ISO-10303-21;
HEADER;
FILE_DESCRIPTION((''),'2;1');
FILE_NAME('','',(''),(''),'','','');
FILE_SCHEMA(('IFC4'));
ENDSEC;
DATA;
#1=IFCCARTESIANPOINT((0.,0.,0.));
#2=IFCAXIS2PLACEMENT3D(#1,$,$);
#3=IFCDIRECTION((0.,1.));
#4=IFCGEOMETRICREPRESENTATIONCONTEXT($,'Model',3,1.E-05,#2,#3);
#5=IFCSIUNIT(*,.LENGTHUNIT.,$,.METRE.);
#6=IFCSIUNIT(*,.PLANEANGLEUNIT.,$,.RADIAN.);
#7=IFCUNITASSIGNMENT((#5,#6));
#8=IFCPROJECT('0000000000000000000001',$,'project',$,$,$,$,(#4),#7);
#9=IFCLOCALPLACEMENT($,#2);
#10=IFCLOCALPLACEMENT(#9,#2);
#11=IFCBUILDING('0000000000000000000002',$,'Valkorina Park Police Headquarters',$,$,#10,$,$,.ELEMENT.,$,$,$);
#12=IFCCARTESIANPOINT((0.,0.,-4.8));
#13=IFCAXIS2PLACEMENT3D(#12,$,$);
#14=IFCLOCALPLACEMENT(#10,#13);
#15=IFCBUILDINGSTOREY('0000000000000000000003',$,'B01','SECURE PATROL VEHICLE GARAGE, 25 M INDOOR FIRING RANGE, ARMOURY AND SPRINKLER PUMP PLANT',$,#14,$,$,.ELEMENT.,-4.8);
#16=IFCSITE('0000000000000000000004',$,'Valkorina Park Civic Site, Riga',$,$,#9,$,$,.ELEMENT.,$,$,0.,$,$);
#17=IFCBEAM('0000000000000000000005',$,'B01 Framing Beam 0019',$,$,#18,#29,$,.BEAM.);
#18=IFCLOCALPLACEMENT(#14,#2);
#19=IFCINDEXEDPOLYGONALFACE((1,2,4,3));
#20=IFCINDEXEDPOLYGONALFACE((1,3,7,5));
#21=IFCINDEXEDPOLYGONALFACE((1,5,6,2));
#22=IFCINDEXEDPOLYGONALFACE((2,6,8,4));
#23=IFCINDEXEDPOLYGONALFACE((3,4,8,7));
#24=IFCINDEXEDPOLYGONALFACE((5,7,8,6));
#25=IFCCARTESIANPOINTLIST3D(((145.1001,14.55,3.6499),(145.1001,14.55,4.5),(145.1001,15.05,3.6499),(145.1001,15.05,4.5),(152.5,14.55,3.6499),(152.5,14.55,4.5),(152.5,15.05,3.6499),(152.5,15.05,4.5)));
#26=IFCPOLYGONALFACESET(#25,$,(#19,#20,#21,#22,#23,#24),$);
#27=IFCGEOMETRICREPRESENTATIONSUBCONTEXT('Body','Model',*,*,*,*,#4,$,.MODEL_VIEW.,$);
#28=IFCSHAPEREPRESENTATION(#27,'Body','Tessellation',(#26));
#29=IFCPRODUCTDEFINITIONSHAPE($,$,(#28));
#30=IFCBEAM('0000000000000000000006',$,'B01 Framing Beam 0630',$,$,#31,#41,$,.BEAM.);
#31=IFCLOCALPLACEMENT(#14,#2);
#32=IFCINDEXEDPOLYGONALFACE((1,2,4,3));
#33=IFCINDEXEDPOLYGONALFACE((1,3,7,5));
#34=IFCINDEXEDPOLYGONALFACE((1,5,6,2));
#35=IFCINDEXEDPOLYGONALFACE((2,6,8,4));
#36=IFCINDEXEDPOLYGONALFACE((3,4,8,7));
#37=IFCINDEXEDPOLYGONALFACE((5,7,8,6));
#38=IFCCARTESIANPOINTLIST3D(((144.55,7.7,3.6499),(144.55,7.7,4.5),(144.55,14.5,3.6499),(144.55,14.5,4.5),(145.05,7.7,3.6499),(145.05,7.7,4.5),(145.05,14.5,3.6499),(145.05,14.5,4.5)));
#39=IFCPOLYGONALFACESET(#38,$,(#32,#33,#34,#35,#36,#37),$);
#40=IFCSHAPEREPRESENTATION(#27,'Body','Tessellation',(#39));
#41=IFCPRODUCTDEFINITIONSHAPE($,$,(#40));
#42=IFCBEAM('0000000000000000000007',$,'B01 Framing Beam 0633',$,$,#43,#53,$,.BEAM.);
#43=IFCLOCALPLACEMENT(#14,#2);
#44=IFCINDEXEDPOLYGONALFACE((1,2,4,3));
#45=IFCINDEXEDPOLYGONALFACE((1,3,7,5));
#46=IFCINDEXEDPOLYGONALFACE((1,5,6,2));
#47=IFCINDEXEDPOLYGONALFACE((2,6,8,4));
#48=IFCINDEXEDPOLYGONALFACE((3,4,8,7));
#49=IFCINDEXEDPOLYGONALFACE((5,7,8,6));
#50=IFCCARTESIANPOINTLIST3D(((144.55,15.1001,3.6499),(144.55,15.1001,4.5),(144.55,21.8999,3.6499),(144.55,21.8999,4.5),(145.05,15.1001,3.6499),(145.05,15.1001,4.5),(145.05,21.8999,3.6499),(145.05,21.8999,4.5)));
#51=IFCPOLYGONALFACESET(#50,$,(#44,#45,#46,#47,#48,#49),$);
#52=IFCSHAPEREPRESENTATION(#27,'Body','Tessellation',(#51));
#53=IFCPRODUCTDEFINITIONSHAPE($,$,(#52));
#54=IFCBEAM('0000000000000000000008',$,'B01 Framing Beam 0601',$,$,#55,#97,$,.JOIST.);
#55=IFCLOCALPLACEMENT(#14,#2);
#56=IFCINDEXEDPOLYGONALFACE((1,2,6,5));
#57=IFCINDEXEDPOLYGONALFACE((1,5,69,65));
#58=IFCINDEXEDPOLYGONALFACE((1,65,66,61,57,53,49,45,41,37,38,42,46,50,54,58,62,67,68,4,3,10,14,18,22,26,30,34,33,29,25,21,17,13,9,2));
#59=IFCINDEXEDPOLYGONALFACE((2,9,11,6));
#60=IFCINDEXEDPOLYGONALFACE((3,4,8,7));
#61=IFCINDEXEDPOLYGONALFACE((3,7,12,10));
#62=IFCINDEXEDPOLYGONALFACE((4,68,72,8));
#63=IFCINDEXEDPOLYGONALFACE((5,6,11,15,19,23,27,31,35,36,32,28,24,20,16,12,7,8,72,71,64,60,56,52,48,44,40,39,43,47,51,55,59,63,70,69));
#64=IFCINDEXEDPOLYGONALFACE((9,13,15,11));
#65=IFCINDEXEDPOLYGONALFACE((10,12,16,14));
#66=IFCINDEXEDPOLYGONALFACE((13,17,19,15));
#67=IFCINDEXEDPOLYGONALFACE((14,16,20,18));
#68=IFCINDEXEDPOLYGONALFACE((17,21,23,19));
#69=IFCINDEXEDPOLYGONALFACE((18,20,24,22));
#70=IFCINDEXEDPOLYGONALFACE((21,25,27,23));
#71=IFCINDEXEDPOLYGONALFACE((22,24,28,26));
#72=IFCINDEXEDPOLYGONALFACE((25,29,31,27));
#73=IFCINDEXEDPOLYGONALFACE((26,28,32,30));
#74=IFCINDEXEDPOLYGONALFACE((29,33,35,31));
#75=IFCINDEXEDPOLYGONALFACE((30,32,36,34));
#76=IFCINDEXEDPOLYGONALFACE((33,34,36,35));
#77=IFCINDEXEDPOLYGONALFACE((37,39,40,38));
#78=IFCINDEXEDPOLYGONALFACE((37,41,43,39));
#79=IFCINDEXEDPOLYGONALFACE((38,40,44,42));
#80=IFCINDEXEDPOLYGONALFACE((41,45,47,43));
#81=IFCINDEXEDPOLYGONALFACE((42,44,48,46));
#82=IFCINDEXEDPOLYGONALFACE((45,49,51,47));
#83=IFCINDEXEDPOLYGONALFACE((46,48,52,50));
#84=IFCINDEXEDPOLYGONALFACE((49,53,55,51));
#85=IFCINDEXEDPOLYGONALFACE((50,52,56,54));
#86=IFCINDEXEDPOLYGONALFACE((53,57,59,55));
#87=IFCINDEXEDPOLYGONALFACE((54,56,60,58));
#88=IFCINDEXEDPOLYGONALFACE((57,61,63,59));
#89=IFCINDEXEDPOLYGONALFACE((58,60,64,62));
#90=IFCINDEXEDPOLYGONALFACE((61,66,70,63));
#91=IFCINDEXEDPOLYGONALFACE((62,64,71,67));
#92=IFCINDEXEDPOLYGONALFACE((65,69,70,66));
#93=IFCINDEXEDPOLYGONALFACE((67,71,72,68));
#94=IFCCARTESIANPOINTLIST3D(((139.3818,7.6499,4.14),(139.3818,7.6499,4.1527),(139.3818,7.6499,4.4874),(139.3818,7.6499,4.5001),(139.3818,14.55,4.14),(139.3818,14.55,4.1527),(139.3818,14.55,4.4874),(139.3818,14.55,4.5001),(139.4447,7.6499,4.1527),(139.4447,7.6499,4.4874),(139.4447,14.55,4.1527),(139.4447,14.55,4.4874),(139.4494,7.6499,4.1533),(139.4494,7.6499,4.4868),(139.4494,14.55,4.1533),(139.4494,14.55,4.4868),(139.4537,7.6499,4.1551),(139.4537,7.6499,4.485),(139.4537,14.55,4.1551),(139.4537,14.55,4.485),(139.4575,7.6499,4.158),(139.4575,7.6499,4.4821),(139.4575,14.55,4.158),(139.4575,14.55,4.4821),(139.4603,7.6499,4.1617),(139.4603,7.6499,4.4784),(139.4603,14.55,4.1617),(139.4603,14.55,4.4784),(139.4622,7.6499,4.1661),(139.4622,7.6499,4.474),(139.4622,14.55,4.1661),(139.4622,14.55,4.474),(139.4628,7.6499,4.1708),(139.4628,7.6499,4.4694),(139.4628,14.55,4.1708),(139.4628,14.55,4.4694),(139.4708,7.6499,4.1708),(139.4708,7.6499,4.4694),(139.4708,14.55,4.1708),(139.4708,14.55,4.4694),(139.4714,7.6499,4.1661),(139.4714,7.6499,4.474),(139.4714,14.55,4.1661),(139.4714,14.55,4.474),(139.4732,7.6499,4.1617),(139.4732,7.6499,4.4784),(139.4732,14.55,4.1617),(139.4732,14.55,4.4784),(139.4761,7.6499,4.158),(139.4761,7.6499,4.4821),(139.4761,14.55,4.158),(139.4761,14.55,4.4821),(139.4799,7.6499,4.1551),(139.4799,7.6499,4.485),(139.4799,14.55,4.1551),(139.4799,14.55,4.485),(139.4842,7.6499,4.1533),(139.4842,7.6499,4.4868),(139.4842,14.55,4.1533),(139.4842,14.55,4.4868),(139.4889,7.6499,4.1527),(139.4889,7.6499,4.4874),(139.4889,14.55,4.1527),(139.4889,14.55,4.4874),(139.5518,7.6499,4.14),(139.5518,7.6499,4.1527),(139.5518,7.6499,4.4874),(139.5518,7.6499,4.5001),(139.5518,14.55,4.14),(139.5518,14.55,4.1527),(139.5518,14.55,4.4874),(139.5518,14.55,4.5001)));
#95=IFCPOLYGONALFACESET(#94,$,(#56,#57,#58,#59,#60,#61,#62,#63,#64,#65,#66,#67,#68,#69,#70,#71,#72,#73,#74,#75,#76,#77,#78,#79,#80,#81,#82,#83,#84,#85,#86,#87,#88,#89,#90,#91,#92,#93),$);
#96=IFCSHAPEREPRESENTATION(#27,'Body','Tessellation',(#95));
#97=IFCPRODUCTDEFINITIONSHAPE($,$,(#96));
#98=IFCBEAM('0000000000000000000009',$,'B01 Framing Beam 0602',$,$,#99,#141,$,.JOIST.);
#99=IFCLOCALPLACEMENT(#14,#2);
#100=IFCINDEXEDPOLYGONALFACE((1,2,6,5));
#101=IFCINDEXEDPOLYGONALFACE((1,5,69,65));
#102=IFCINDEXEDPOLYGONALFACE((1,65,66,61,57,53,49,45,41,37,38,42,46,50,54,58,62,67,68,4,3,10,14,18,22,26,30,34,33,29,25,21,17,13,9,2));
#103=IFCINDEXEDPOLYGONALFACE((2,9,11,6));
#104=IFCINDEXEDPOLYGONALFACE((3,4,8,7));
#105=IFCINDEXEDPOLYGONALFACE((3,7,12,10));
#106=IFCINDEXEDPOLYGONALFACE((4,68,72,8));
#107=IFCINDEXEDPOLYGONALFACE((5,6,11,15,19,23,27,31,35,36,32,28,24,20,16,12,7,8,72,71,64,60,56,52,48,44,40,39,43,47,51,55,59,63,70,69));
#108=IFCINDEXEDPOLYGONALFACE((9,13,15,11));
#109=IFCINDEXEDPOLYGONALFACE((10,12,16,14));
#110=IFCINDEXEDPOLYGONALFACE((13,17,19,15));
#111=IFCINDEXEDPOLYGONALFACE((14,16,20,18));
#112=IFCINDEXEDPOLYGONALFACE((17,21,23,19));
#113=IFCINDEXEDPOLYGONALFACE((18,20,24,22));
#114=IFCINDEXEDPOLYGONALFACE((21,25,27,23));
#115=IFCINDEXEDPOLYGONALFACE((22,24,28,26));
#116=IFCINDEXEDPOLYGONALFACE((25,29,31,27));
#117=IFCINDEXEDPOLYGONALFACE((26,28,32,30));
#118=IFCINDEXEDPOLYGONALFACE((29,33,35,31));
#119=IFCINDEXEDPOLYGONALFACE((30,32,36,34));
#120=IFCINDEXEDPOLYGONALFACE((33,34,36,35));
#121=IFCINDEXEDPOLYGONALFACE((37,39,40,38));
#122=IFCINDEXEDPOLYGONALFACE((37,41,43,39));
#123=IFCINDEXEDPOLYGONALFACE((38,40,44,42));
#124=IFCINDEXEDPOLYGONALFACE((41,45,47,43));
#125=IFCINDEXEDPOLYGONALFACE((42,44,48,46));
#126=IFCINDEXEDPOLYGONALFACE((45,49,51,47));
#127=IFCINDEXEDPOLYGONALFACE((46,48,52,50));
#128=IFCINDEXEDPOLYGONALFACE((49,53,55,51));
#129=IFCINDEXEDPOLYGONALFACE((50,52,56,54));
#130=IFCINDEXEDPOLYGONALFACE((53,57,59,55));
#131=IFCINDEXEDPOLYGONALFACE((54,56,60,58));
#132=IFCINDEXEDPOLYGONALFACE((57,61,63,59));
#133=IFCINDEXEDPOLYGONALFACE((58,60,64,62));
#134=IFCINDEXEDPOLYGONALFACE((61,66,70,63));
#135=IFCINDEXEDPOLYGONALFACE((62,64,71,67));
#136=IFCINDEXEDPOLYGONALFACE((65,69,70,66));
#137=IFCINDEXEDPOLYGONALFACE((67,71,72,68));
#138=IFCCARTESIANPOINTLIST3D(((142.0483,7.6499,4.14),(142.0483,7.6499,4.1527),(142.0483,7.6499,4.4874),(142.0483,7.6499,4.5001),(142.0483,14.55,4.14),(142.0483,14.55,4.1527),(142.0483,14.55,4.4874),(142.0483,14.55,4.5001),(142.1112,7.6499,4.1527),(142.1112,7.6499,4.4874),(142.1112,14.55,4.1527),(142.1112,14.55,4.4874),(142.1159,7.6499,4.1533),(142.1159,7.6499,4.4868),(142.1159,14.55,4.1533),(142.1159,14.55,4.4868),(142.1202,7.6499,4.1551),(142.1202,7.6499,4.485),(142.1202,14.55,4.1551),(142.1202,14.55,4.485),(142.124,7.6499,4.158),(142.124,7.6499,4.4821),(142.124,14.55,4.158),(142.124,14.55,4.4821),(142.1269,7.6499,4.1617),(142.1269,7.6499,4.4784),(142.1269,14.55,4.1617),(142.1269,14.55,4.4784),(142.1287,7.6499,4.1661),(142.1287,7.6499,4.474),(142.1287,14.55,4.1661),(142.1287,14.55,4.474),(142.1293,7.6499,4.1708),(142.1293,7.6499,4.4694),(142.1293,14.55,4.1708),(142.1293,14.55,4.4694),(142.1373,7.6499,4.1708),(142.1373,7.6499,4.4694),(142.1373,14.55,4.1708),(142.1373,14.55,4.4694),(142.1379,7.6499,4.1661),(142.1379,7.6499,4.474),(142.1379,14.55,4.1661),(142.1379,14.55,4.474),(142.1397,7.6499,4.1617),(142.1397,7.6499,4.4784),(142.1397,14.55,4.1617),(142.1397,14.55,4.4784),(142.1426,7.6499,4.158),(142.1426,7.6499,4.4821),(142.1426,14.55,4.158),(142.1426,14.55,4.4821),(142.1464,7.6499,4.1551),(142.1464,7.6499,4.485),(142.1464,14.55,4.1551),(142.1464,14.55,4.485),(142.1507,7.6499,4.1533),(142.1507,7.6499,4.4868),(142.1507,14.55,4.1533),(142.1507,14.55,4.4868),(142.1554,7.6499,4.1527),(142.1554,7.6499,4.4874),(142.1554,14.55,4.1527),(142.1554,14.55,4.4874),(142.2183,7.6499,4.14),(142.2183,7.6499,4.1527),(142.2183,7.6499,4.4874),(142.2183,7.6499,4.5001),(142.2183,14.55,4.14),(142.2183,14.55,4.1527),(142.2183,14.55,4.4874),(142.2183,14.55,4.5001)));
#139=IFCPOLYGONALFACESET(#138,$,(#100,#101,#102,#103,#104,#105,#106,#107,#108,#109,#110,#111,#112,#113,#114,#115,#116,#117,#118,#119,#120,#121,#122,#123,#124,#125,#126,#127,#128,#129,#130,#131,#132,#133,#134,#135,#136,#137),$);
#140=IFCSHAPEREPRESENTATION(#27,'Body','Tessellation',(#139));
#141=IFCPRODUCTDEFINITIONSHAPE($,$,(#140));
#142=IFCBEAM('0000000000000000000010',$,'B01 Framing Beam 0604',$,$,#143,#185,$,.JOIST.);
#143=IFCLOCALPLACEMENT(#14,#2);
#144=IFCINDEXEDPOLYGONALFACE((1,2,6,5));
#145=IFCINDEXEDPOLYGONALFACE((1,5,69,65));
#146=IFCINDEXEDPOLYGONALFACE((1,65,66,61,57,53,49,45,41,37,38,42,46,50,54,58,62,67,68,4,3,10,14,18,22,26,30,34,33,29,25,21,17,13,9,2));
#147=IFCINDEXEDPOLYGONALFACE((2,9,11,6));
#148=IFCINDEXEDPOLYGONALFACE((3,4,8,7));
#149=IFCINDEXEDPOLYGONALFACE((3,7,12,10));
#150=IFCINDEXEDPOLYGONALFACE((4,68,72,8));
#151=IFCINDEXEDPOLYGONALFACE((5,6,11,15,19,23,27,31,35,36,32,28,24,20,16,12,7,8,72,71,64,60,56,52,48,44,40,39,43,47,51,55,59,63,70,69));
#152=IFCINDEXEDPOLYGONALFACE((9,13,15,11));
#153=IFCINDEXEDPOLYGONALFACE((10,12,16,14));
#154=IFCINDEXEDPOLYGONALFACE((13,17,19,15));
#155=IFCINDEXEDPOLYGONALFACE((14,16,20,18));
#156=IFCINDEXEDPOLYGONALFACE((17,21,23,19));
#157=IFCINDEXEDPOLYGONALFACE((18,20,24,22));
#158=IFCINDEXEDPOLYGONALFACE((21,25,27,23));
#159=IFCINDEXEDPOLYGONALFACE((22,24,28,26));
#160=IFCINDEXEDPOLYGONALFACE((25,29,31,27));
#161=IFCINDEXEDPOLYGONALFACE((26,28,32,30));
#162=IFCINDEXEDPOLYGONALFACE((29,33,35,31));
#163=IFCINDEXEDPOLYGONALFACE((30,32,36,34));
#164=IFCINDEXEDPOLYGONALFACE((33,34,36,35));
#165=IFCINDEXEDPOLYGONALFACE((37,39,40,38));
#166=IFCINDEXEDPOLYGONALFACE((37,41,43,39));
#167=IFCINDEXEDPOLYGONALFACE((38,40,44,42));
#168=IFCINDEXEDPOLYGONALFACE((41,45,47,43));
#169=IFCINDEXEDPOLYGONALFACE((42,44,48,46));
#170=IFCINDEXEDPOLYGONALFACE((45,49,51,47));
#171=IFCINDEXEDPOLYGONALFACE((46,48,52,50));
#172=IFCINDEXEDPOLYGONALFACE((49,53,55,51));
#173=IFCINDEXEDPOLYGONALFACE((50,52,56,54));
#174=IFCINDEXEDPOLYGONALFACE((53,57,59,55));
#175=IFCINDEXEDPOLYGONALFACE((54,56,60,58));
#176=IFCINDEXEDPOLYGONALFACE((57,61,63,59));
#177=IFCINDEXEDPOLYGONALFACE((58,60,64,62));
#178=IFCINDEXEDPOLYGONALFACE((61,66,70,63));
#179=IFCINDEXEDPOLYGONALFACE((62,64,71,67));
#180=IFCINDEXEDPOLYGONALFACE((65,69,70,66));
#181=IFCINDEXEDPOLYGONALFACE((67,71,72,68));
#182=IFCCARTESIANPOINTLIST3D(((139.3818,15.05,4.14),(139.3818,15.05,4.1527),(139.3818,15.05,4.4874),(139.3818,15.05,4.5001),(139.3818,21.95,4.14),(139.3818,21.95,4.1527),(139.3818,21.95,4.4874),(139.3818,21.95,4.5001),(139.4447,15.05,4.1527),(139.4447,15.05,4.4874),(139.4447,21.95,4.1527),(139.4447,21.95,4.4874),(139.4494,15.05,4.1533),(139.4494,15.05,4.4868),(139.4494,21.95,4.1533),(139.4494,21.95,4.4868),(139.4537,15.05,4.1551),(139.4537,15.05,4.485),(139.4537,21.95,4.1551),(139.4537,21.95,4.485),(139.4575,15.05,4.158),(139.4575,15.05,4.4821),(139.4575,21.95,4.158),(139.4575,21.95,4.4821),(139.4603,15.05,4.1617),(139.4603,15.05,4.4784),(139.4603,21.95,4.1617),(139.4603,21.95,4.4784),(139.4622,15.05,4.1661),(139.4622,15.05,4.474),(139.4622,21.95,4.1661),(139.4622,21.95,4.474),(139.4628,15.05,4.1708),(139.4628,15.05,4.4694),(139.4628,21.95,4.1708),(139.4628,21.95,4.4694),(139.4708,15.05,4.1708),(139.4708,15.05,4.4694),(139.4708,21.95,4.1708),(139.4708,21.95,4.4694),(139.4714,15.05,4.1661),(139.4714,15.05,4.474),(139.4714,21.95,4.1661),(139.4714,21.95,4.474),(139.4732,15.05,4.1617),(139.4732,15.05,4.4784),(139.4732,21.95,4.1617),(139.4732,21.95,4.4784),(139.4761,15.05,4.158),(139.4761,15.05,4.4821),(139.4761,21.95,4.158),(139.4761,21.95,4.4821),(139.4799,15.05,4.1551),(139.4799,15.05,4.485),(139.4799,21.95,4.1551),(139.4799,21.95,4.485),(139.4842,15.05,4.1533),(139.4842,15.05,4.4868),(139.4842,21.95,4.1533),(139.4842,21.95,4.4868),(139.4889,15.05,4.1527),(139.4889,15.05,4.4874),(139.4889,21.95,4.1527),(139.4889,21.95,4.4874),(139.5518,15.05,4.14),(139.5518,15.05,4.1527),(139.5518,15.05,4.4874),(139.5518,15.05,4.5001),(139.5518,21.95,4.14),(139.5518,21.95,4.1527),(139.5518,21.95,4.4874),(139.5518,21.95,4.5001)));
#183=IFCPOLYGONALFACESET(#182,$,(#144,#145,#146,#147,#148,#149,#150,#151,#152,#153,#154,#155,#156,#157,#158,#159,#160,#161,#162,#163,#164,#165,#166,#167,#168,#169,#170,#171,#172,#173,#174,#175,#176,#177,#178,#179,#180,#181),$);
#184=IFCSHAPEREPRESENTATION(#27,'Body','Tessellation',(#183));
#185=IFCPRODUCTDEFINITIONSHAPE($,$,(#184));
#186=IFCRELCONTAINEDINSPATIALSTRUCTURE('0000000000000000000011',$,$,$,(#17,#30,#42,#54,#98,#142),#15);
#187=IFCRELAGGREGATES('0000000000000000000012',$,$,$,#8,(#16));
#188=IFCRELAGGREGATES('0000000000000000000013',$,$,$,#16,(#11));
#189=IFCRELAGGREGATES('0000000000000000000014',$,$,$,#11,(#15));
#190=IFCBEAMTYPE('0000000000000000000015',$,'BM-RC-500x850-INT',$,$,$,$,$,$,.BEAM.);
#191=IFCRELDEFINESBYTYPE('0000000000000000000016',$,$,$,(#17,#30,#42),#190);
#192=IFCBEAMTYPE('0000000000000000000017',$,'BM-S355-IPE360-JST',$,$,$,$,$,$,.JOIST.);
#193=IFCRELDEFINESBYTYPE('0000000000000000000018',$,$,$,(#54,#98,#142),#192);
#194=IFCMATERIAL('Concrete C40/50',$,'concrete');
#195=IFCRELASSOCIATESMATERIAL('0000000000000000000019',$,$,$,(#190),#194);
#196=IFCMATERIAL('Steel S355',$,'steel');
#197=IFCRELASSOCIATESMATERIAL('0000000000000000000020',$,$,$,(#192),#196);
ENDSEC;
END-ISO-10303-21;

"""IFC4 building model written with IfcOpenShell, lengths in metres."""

from ifc_helpers import new_model, si_unit, direction, frame, origin, origin_2d, place, context, subcontext, project, spatial, rectangle, i_section, extrude, material, material_profile, profile_set, type_object, element, save


model = new_model("IFC4")

# Units and contexts
model_context = context("Model", 3, precision=1e-05, world=origin(), true_north=direction((0.0, 1.0)))
body_context = subcontext(model_context, "Body", "Model", "MODEL_VIEW")
ifc_project = project(units=[si_unit("LENGTHUNIT", "METRE"), si_unit("PLANEANGLEUNIT", "RADIAN")], contexts=[model_context])

# Site, building, storey
site_placement = place(None, origin())
site = spatial("IfcSite", under=ifc_project, at=site_placement, Name="Valkorina Park Civic Site, Riga", CompositionType="ELEMENT", RefElevation=0.0)
building_placement = place(site_placement, origin())
building = spatial("IfcBuilding", under=site, at=building_placement, Name="Valkorina Park Police Headquarters", CompositionType="ELEMENT")
storey_placement = place(building_placement, frame((0.0, 0.0, -4.8)))
storey = spatial("IfcBuildingStorey", under=building, at=storey_placement, Name="B01", Description="SECURE PATROL VEHICLE GARAGE, 25 M INDOOR FIRING RANGE, ARMOURY AND SPRINKLER PUMP PLANT", CompositionType="ELEMENT", Elevation=-4.8)

# Shared definitions
ifc_material_1 = material(Name="Concrete C40/50", Category="concrete")

# Beams
ifc_material_profile_1 = material_profile(ifc_material_1, rectangle(XDim=0.5, YDim=0.8501, at=origin_2d()), Name="RC BEAM 500x850")
ifc_profile_set_1 = profile_set([ifc_material_profile_1], Name="Concrete C40/50")
beam_type_1 = type_object("IfcBeamType", Name="BM-RC-500x850-INT", PredefinedType="BEAM", material=ifc_profile_set_1)
for number, where, z_axis, x_axis, name in (
    (1, (145.1001, 14.8, 4.075), (1.0, 0.0, 0.0), (0.0, 1.0, 0.0), "B01 Framing Beam 0019"),
):
    element("IfcBeam", number, at=place(storey_placement, frame(where, z_axis=z_axis, x_axis=x_axis)), inside=storey, type_object=beam_type_1, Name=name, PredefinedType="BEAM", context=body_context, shape_type="SweptSolid", body=[
        extrude(rectangle(XDim=0.5, YDim=0.8501, at=origin_2d()), origin(), (0.0, 0.0, 1.0), 7.3999),
    ])
beam_1_placement = place(storey_placement, frame((144.8, 7.7, 4.075), z_axis=(0.0, 1.0, 0.0), x_axis=(-1.0, 0.0, 0.0)))
element("IfcBeam", 2, at=beam_1_placement, inside=storey, type_object=beam_type_1, Name="B01 Framing Beam 0630", PredefinedType="BEAM", context=body_context, shape_type="SweptSolid", body=[
    extrude(rectangle(XDim=0.5, YDim=0.8501, at=origin_2d()), origin(), (0.0, 0.0, 1.0), 6.8),
])
beam_2_placement = place(storey_placement, frame((144.8, 15.1001, 4.075), z_axis=(0.0, 1.0, 0.0), x_axis=(-1.0, 0.0, 0.0)))
element("IfcBeam", 3, at=beam_2_placement, inside=storey, type_object=beam_type_1, Name="B01 Framing Beam 0633", PredefinedType="BEAM", context=body_context, shape_type="SweptSolid", body=[
    extrude(rectangle(XDim=0.5, YDim=0.8501, at=origin_2d()), origin(), (0.0, 0.0, 1.0), 6.7998),
])
ifc_material_2 = material(Name="Steel S355", Category="steel")
ifc_material_profile_2 = material_profile(ifc_material_2, i_section(OverallWidth=0.1699, OverallDepth=0.3601, WebThickness=0.0081, FlangeThickness=0.0127, FilletRadius=0.0181, at=origin_2d()), Name="IPE 360")
ifc_profile_set_2 = profile_set([ifc_material_profile_2], Name="Steel S355")
beam_type_2 = type_object("IfcBeamType", Name="BM-S355-IPE360-JST", PredefinedType="JOIST", material=ifc_profile_set_2)
for number, where, z_axis, x_axis, name in (
    (4, (139.4668, 7.6499, 4.3201), (0.0, 1.0, 0.0), (-1.0, 0.0, 0.0), "B01 Framing Beam 0601"),
    (5, (142.1333, 7.6499, 4.3201), (0.0, 1.0, 0.0), (-1.0, 0.0, 0.0), "B01 Framing Beam 0602"),
):
    element("IfcBeam", number, at=place(storey_placement, frame(where, z_axis=z_axis, x_axis=x_axis)), inside=storey, type_object=beam_type_2, Name=name, PredefinedType="JOIST", context=body_context, shape_type="SweptSolid", body=[
        extrude(i_section(OverallWidth=0.1699, OverallDepth=0.3601, WebThickness=0.0081, FlangeThickness=0.0127, FilletRadius=0.0181, at=origin_2d()), origin(), (0.0, 0.0, 1.0), 6.9001),
    ])
for number, where, z_axis, x_axis, name in (
    (6, (139.4668, 15.05, 4.3201), (0.0, 1.0, 0.0), (-1.0, 0.0, 0.0), "B01 Framing Beam 0604"),
):
    element("IfcBeam", number, at=place(storey_placement, frame(where, z_axis=z_axis, x_axis=x_axis)), inside=storey, type_object=beam_type_2, Name=name, PredefinedType="JOIST", context=body_context, shape_type="SweptSolid", body=[
        extrude(i_section(OverallWidth=0.1699, OverallDepth=0.3601, WebThickness=0.0081, FlangeThickness=0.0127, FilletRadius=0.0181, at=origin_2d()), origin(), (0.0, 0.0, 1.0), 6.8999),
    ])

save(model, "model.ifc")
